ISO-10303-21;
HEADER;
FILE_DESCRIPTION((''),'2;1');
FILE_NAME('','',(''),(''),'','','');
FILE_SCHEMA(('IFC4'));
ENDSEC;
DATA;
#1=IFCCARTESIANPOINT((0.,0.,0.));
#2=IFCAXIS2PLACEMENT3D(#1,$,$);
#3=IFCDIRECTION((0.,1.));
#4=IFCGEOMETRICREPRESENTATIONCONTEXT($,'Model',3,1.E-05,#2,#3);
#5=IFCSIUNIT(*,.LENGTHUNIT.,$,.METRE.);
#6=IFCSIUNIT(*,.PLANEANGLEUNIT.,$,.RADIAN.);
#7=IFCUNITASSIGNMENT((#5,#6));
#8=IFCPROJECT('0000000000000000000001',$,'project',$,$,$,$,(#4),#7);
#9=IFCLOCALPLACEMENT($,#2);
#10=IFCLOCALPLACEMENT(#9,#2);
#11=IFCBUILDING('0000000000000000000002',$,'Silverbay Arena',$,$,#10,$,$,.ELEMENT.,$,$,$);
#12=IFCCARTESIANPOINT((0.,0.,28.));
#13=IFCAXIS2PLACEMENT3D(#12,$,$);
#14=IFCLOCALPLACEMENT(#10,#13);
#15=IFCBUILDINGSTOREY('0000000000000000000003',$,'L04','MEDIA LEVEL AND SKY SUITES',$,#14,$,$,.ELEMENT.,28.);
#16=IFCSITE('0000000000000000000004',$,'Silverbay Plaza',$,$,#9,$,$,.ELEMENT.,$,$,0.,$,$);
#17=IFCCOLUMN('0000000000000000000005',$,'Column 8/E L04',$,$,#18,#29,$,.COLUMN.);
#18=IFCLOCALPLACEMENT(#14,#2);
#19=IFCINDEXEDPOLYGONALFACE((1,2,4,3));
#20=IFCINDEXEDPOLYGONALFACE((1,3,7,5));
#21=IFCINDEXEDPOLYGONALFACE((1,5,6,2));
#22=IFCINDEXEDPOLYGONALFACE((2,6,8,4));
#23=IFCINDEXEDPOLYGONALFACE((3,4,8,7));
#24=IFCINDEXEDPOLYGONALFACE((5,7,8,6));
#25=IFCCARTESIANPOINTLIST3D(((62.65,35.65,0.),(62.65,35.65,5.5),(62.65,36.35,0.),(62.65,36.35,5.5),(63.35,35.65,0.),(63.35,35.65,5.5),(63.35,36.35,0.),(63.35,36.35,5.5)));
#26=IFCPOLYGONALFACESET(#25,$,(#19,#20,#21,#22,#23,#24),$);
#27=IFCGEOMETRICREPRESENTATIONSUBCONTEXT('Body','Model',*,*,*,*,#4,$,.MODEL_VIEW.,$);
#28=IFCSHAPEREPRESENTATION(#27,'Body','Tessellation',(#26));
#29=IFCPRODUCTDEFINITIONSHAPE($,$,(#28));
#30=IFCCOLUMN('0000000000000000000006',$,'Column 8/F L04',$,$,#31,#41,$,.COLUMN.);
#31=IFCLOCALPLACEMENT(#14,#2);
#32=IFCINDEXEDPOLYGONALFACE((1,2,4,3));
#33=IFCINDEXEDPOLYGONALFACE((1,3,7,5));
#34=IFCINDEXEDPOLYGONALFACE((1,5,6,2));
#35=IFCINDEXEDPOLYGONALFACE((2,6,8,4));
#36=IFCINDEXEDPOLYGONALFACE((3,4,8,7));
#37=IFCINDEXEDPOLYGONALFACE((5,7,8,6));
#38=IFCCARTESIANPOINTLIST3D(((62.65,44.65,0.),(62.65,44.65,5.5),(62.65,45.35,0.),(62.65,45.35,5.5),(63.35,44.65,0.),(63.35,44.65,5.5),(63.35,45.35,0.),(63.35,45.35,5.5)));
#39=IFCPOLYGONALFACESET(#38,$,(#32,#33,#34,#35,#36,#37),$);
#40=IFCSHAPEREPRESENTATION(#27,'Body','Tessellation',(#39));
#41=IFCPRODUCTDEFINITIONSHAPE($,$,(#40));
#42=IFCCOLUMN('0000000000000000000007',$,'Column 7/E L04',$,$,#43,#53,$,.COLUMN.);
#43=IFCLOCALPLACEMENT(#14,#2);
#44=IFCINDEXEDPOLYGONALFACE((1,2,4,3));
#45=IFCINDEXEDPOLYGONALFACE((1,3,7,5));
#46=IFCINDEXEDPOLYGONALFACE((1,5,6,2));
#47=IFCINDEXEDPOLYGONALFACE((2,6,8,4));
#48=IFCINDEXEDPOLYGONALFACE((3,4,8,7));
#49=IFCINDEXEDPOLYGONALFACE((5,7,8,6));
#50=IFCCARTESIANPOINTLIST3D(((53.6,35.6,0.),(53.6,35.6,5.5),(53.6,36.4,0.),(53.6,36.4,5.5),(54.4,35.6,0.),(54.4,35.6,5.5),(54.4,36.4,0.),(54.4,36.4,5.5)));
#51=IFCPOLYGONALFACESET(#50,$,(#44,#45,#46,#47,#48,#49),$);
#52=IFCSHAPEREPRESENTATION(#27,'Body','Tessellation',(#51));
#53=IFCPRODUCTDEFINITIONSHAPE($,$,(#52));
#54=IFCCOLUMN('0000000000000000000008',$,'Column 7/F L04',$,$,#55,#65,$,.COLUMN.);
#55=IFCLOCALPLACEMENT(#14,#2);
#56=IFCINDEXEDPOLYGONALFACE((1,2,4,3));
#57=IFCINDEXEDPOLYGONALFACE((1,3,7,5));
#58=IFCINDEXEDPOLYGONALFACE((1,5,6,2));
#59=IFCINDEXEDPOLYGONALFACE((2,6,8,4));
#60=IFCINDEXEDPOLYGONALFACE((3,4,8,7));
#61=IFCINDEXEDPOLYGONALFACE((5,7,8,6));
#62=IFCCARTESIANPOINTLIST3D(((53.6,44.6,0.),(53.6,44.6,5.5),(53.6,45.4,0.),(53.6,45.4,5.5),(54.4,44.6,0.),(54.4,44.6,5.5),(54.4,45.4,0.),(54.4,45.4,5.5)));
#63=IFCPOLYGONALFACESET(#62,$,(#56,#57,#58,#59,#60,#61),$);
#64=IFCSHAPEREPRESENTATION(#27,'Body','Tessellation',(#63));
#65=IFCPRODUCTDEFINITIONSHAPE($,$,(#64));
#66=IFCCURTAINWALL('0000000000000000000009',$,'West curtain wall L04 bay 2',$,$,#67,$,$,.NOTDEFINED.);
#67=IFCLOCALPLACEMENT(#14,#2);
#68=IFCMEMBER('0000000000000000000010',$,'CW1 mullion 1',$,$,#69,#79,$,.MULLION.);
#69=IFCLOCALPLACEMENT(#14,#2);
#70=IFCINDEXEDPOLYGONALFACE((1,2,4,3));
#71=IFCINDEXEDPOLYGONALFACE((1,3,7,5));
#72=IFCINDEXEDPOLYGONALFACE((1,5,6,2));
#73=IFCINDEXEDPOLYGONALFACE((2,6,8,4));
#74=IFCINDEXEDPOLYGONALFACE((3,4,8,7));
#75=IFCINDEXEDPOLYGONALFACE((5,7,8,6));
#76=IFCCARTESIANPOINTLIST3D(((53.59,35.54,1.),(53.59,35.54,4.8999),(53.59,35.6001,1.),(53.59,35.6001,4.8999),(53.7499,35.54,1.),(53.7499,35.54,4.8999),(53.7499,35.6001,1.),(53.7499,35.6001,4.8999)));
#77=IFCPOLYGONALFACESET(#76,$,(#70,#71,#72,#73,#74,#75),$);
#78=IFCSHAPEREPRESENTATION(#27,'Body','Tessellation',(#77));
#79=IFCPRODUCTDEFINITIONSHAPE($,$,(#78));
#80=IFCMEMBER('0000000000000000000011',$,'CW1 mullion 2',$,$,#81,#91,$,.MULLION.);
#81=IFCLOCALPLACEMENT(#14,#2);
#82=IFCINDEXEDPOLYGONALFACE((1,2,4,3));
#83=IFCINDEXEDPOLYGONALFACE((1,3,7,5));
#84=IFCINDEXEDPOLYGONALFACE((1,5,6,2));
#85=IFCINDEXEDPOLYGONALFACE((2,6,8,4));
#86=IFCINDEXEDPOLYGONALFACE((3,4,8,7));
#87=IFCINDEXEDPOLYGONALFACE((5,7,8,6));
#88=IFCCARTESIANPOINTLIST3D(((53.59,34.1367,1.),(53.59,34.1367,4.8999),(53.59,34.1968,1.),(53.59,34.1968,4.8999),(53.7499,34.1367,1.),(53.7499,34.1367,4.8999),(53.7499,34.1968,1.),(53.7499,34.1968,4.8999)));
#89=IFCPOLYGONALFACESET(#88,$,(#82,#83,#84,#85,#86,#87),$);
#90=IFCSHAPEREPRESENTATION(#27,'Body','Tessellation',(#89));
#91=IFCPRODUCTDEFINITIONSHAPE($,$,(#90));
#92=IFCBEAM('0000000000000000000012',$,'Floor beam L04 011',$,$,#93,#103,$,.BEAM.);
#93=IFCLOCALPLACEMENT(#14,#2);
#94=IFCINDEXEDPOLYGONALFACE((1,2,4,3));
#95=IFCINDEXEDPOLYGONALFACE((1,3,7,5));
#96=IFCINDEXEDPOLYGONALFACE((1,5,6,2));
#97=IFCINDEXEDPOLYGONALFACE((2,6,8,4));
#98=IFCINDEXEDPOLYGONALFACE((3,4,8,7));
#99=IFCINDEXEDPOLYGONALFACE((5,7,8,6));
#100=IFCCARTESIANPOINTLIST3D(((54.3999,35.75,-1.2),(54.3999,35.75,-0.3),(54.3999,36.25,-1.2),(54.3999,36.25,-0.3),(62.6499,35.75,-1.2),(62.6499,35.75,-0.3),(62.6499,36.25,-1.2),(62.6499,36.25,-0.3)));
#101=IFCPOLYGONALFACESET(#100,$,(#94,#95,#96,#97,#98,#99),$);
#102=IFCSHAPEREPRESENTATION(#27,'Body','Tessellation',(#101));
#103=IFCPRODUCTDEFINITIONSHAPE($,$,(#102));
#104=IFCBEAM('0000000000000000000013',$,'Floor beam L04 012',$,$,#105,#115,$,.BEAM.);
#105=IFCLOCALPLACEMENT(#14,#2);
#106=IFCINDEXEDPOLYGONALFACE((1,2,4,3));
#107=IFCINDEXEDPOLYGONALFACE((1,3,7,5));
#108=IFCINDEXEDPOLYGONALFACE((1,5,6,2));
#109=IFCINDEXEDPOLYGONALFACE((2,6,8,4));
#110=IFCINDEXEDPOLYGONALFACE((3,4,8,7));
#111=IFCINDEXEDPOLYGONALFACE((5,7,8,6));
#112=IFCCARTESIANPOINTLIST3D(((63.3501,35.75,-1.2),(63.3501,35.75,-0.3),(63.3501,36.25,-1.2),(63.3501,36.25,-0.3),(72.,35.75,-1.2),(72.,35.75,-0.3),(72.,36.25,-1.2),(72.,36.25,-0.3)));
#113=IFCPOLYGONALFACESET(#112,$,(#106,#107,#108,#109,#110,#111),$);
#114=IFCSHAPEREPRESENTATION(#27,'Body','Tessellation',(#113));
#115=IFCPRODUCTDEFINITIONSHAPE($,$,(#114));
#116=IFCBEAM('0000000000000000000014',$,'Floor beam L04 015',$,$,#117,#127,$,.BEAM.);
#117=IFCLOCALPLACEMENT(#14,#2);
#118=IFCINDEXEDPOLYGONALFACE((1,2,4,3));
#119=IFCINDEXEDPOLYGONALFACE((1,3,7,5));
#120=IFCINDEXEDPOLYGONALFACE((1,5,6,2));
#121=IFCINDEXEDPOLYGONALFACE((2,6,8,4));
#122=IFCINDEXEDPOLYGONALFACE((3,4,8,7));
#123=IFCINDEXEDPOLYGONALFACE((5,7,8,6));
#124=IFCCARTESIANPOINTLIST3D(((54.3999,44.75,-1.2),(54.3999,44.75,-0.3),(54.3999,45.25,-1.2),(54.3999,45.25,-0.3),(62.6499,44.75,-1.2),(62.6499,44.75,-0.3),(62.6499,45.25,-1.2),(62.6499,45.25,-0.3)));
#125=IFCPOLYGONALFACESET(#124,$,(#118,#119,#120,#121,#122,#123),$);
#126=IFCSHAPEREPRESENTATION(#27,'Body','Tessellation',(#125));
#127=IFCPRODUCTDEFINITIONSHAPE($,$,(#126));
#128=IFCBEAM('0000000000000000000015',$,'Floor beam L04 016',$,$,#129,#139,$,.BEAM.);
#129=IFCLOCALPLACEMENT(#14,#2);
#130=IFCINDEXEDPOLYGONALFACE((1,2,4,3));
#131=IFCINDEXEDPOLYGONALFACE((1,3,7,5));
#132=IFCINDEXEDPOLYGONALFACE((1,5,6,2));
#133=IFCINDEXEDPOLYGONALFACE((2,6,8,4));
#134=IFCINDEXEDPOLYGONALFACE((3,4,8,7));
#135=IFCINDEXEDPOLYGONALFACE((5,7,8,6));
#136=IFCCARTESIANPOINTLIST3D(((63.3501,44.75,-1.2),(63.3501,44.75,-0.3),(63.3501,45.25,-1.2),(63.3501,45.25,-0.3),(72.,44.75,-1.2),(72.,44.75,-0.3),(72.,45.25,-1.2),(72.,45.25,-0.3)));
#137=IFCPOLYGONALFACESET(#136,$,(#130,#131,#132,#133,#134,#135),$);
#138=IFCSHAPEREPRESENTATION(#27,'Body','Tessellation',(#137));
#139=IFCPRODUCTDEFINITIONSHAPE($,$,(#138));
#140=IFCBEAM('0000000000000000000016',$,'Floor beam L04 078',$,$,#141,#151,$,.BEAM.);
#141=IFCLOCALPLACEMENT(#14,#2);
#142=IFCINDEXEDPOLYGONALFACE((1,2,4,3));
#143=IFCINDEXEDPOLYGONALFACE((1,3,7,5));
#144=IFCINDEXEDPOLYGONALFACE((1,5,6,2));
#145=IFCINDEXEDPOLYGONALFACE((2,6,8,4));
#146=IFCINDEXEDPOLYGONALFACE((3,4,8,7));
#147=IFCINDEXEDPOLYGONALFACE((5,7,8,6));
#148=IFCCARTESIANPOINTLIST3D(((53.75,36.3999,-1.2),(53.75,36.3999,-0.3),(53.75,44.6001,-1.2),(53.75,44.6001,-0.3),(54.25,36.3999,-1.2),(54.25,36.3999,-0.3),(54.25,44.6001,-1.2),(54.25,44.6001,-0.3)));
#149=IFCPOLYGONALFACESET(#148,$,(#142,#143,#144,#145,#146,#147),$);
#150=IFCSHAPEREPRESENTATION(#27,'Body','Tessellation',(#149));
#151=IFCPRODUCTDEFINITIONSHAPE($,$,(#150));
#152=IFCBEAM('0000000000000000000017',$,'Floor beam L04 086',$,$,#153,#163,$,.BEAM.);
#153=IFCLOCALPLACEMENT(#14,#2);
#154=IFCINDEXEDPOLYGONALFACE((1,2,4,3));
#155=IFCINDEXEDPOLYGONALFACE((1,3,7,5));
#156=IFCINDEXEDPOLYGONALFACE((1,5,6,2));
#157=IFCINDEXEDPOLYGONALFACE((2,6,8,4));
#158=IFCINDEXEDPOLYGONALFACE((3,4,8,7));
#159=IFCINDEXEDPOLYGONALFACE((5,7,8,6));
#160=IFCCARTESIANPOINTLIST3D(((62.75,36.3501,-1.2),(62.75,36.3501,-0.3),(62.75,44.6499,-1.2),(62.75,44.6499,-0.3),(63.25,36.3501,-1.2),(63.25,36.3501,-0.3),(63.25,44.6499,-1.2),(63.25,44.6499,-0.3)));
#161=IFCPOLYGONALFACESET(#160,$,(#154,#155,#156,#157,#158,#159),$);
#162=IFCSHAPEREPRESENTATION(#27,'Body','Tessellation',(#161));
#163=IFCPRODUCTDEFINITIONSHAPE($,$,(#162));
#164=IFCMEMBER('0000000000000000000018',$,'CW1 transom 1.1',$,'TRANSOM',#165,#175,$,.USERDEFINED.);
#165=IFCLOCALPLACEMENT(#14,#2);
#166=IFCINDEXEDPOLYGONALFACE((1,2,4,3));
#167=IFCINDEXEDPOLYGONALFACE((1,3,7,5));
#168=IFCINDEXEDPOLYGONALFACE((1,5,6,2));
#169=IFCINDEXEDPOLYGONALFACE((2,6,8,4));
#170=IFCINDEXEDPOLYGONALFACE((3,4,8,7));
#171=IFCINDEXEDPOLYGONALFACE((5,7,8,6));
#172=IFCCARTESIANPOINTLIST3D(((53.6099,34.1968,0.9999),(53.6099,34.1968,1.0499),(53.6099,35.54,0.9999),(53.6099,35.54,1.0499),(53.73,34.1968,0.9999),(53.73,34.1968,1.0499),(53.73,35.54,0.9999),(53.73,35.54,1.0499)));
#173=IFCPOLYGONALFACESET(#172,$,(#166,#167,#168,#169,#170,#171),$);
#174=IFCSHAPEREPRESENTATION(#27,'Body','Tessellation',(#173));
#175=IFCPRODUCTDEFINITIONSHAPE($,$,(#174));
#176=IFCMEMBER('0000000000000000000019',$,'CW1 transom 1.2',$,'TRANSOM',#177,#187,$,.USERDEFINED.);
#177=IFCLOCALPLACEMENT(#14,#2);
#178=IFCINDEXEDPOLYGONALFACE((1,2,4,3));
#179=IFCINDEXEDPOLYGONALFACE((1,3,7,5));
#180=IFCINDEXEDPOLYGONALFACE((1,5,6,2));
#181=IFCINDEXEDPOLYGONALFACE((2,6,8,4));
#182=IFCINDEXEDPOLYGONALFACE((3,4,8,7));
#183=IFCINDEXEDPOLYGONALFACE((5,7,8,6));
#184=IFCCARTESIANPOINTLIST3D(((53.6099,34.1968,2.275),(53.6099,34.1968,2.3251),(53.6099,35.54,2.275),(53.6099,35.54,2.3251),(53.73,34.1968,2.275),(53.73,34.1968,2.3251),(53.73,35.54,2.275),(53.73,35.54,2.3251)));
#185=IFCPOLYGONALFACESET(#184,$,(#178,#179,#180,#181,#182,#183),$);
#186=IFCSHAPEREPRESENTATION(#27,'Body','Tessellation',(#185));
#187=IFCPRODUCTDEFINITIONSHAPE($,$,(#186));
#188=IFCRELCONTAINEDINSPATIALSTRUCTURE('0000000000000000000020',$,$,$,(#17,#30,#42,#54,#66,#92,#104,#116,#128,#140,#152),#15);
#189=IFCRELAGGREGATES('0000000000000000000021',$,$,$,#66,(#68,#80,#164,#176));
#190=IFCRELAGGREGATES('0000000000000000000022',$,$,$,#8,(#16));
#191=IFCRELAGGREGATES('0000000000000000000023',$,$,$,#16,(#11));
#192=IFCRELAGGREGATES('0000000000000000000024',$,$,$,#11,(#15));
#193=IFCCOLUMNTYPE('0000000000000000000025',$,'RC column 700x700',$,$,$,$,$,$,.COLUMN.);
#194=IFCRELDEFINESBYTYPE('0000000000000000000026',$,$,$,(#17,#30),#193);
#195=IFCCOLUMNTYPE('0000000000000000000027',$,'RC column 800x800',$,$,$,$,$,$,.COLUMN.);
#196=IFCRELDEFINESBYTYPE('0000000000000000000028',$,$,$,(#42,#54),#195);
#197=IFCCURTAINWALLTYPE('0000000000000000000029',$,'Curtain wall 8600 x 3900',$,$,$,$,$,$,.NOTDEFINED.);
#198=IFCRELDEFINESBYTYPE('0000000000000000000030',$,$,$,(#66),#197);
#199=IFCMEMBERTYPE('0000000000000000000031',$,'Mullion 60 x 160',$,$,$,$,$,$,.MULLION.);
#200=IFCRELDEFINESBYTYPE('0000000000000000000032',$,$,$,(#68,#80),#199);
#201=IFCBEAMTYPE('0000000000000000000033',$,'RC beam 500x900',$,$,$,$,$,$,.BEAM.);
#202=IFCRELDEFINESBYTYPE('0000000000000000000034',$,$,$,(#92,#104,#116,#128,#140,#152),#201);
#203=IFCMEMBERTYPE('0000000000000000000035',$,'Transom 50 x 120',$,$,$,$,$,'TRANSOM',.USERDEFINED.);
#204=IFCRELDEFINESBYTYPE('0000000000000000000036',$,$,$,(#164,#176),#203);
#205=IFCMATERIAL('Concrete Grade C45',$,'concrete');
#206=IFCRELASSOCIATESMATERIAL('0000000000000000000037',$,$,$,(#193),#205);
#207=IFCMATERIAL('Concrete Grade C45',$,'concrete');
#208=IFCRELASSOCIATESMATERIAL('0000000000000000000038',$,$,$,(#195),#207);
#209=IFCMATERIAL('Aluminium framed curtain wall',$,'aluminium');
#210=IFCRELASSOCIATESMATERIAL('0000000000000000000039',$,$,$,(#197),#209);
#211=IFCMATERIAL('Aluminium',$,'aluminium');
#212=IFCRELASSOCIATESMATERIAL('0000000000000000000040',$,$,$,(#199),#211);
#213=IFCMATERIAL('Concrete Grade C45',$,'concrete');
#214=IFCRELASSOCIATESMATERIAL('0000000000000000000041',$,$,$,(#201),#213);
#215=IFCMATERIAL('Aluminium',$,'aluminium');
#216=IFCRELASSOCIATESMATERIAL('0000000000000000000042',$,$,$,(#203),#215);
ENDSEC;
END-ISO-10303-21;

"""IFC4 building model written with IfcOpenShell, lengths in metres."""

from ifc_helpers import new_model, si_unit, direction, frame, origin, origin_2d, place, context, subcontext, project, spatial, rectangle, extrude, material, material_profile, profile_set, type_object, element, aggregate, save


model = new_model("IFC4")

# Units and contexts
model_context = context("Model", 3, precision=1e-05, world=origin(), true_north=direction((0.0, 1.0)))
body_context = subcontext(model_context, "Body", "Model", "MODEL_VIEW")
ifc_project = project(units=[si_unit("LENGTHUNIT", "METRE"), si_unit("PLANEANGLEUNIT", "RADIAN")], contexts=[model_context])

# Site, building, storey
site_placement = place(None, origin())
site = spatial("IfcSite", under=ifc_project, at=site_placement, Name="Silverbay Plaza", CompositionType="ELEMENT", RefElevation=0.0)
building_placement = place(site_placement, origin())
building = spatial("IfcBuilding", under=site, at=building_placement, Name="Silverbay Arena", CompositionType="ELEMENT")
storey_placement = place(building_placement, frame((0.0, 0.0, 28.0)))
storey = spatial("IfcBuildingStorey", under=building, at=storey_placement, Name="L04", Description="MEDIA LEVEL AND SKY SUITES", CompositionType="ELEMENT", Elevation=28.0)

# Columns
ifc_material_1 = material(Name="Concrete Grade C45", Category="concrete")
ifc_material_profile_1 = material_profile(ifc_material_1, rectangle(XDim=0.7, YDim=0.7, at=origin_2d()), Name="RC 700x700")
ifc_profile_set_1 = profile_set([ifc_material_profile_1], Name="Concrete Grade C45")
column_type_1 = type_object("IfcColumnType", Name="RC column 700x700", PredefinedType="COLUMN", material=ifc_profile_set_1)
for number, where, z_axis, x_axis, name in (
    (1, (63.0, 36.0, 0.0), (0.0, 0.0, 1.0), (1.0, 0.0, 0.0), "Column 8/E L04"),
    (2, (63.0, 45.0, 0.0), (0.0, 0.0, 1.0), (1.0, 0.0, 0.0), "Column 8/F L04"),
):
    element("IfcColumn", number, at=place(storey_placement, frame(where, z_axis=z_axis, x_axis=x_axis)), inside=storey, type_object=column_type_1, Name=name, PredefinedType="COLUMN", context=body_context, shape_type="SweptSolid", body=[
        extrude(rectangle(XDim=0.7, YDim=0.7, at=origin_2d()), origin(), (0.0, 0.0, 1.0), 5.5),
    ])
ifc_material_2 = material(Name="Concrete Grade C45", Category="concrete")
ifc_material_profile_2 = material_profile(ifc_material_2, rectangle(XDim=0.8, YDim=0.8, at=origin_2d()), Name="RC 800x800")
ifc_profile_set_2 = profile_set([ifc_material_profile_2], Name="Concrete Grade C45")
column_type_2 = type_object("IfcColumnType", Name="RC column 800x800", PredefinedType="COLUMN", material=ifc_profile_set_2)
for number, where, z_axis, x_axis, name in (
    (3, (54.0, 36.0, 0.0), (0.0, 0.0, 1.0), (1.0, 0.0, 0.0), "Column 7/E L04"),
    (4, (54.0, 45.0, 0.0), (0.0, 0.0, 1.0), (1.0, 0.0, 0.0), "Column 7/F L04"),
):
    element("IfcColumn", number, at=place(storey_placement, frame(where, z_axis=z_axis, x_axis=x_axis)), inside=storey, type_object=column_type_2, Name=name, PredefinedType="COLUMN", context=body_context, shape_type="SweptSolid", body=[
        extrude(rectangle(XDim=0.8, YDim=0.8, at=origin_2d()), origin(), (0.0, 0.0, 1.0), 5.5),
    ])

# Curtain wall, members
ifc_material_3 = material(Name="Aluminium framed curtain wall", Category="aluminium")
curtain_wall_type = type_object("IfcCurtainWallType", Name="Curtain wall 8600 x 3900", PredefinedType="NOTDEFINED", material=ifc_material_3)
curtain_wall_placement = place(storey_placement, origin())
curtain_wall = element("IfcCurtainWall", 5, at=curtain_wall_placement, inside=storey, type_object=curtain_wall_type, Name="West curtain wall L04 bay 2", PredefinedType="NOTDEFINED")
ifc_material_4 = material(Name="Aluminium", Category="aluminium")
ifc_material_profile_3 = material_profile(ifc_material_4, rectangle(XDim=0.1599, YDim=0.0601, at=origin_2d()), Name="Mullion 60 x 160")
ifc_profile_set_3 = profile_set([ifc_material_profile_3], Name="Aluminium")
member_type_1 = type_object("IfcMemberType", Name="Mullion 60 x 160", PredefinedType="MULLION", material=ifc_profile_set_3)
member_1_placement = place(storey_placement, frame((53.6699, 35.5701, 1.0), z_axis=(0.0, 0.0, 1.0), x_axis=(1.0, 0.0, 0.0)))
member_1 = element("IfcMember", 6, at=member_1_placement, type_object=member_type_1, Name="CW1 mullion 1", PredefinedType="MULLION", context=body_context, shape_type="SweptSolid", body=[
    extrude(rectangle(XDim=0.1599, YDim=0.0601, at=origin_2d()), origin(), (0.0, 0.0, 1.0), 3.8999),
])
member_2_placement = place(storey_placement, frame((53.6699, 34.1667, 1.0), z_axis=(0.0, 0.0, 1.0), x_axis=(1.0, 0.0, 0.0)))
member_2 = element("IfcMember", 7, at=member_2_placement, type_object=member_type_1, Name="CW1 mullion 2", PredefinedType="MULLION", context=body_context, shape_type="SweptSolid", body=[
    extrude(rectangle(XDim=0.1599, YDim=0.0601, at=origin_2d()), origin(), (0.0, 0.0, 1.0), 3.8999),
])

# Beams
ifc_material_5 = material(Name="Concrete Grade C45", Category="concrete")
ifc_material_profile_4 = material_profile(ifc_material_5, rectangle(XDim=0.5, YDim=0.8999, at=origin_2d()), Name="RC 500x900")
ifc_profile_set_4 = profile_set([ifc_material_profile_4], Name="Concrete Grade C45")
beam_type = type_object("IfcBeamType", Name="RC beam 500x900", PredefinedType="BEAM", material=ifc_profile_set_4)
beam_1_placement = place(storey_placement, frame((54.3999, 36.0, -0.75), z_axis=(1.0, 0.0, 0.0), x_axis=(0.0, 1.0, 0.0)))
element("IfcBeam", 8, at=beam_1_placement, inside=storey, type_object=beam_type, Name="Floor beam L04 011", PredefinedType="BEAM", context=body_context, shape_type="SweptSolid", body=[
    extrude(rectangle(XDim=0.5, YDim=0.8999, at=origin_2d()), origin(), (0.0, 0.0, 1.0), 8.25),
])
beam_2_placement = place(storey_placement, frame((63.3501, 36.0, -0.75), z_axis=(1.0, 0.0, 0.0), x_axis=(0.0, 1.0, 0.0)))
element("IfcBeam", 9, at=beam_2_placement, inside=storey, type_object=beam_type, Name="Floor beam L04 012", PredefinedType="BEAM", context=body_context, shape_type="SweptSolid", body=[
    extrude(rectangle(XDim=0.5, YDim=0.8999, at=origin_2d()), origin(), (0.0, 0.0, 1.0), 8.6499),
])
beam_3_placement = place(storey_placement, frame((54.3999, 45.0, -0.75), z_axis=(1.0, 0.0, 0.0), x_axis=(0.0, 1.0, 0.0)))
element("IfcBeam", 10, at=beam_3_placement, inside=storey, type_object=beam_type, Name="Floor beam L04 015", PredefinedType="BEAM", context=body_context, shape_type="SweptSolid", body=[
    extrude(rectangle(XDim=0.5, YDim=0.8999, at=origin_2d()), origin(), (0.0, 0.0, 1.0), 8.25),
])
beam_4_placement = place(storey_placement, frame((63.3501, 45.0, -0.75), z_axis=(1.0, 0.0, 0.0), x_axis=(0.0, 1.0, 0.0)))
element("IfcBeam", 11, at=beam_4_placement, inside=storey, type_object=beam_type, Name="Floor beam L04 016", PredefinedType="BEAM", context=body_context, shape_type="SweptSolid", body=[
    extrude(rectangle(XDim=0.5, YDim=0.8999, at=origin_2d()), origin(), (0.0, 0.0, 1.0), 8.6499),
])
beam_5_placement = place(storey_placement, frame((54.0, 36.3999, -0.75), z_axis=(0.0, 1.0, 0.0), x_axis=(-1.0, 0.0, 0.0)))
element("IfcBeam", 12, at=beam_5_placement, inside=storey, type_object=beam_type, Name="Floor beam L04 078", PredefinedType="BEAM", context=body_context, shape_type="SweptSolid", body=[
    extrude(rectangle(XDim=0.5, YDim=0.8999, at=origin_2d()), origin(), (0.0, 0.0, 1.0), 8.2002),
])
beam_6_placement = place(storey_placement, frame((63.0, 36.3501, -0.75), z_axis=(0.0, 1.0, 0.0), x_axis=(-1.0, 0.0, 0.0)))
element("IfcBeam", 13, at=beam_6_placement, inside=storey, type_object=beam_type, Name="Floor beam L04 086", PredefinedType="BEAM", context=body_context, shape_type="SweptSolid", body=[
    extrude(rectangle(XDim=0.5, YDim=0.8999, at=origin_2d()), origin(), (0.0, 0.0, 1.0), 8.2998),
])

# Members
ifc_material_6 = material(Name="Aluminium", Category="aluminium")
ifc_material_profile_5 = material_profile(ifc_material_6, rectangle(XDim=0.1201, YDim=0.05, at=origin_2d()), Name="Transom 50 x 120")
ifc_profile_set_5 = profile_set([ifc_material_profile_5], Name="Aluminium")
member_type_2 = type_object("IfcMemberType", Name="Transom 50 x 120", ElementType="TRANSOM", PredefinedType="USERDEFINED", material=ifc_profile_set_5)
member_3_placement = place(storey_placement, frame((53.6699, 35.54, 1.0249), z_axis=(0.0, -1.0, 0.0), x_axis=(1.0, 0.0, 0.0)))
member_3 = element("IfcMember", 14, at=member_3_placement, type_object=member_type_2, Name="CW1 transom 1.1", ObjectType="TRANSOM", PredefinedType="USERDEFINED", context=body_context, shape_type="SweptSolid", body=[
    extrude(rectangle(XDim=0.1201, YDim=0.05, at=origin_2d()), origin(), (0.0, 0.0, 1.0), 1.3433),
])
member_4_placement = place(storey_placement, frame((53.6699, 35.54, 2.3), z_axis=(0.0, -1.0, 0.0), x_axis=(1.0, 0.0, 0.0)))
member_4 = element("IfcMember", 15, at=member_4_placement, type_object=member_type_2, Name="CW1 transom 1.2", ObjectType="TRANSOM", PredefinedType="USERDEFINED", context=body_context, shape_type="SweptSolid", body=[
    extrude(rectangle(XDim=0.1201, YDim=0.05, at=origin_2d()), origin(), (0.0, 0.0, 1.0), 1.3433),
])

aggregate(curtain_wall, [member_1, member_2, member_3, member_4])

save(model, "model.ifc")
